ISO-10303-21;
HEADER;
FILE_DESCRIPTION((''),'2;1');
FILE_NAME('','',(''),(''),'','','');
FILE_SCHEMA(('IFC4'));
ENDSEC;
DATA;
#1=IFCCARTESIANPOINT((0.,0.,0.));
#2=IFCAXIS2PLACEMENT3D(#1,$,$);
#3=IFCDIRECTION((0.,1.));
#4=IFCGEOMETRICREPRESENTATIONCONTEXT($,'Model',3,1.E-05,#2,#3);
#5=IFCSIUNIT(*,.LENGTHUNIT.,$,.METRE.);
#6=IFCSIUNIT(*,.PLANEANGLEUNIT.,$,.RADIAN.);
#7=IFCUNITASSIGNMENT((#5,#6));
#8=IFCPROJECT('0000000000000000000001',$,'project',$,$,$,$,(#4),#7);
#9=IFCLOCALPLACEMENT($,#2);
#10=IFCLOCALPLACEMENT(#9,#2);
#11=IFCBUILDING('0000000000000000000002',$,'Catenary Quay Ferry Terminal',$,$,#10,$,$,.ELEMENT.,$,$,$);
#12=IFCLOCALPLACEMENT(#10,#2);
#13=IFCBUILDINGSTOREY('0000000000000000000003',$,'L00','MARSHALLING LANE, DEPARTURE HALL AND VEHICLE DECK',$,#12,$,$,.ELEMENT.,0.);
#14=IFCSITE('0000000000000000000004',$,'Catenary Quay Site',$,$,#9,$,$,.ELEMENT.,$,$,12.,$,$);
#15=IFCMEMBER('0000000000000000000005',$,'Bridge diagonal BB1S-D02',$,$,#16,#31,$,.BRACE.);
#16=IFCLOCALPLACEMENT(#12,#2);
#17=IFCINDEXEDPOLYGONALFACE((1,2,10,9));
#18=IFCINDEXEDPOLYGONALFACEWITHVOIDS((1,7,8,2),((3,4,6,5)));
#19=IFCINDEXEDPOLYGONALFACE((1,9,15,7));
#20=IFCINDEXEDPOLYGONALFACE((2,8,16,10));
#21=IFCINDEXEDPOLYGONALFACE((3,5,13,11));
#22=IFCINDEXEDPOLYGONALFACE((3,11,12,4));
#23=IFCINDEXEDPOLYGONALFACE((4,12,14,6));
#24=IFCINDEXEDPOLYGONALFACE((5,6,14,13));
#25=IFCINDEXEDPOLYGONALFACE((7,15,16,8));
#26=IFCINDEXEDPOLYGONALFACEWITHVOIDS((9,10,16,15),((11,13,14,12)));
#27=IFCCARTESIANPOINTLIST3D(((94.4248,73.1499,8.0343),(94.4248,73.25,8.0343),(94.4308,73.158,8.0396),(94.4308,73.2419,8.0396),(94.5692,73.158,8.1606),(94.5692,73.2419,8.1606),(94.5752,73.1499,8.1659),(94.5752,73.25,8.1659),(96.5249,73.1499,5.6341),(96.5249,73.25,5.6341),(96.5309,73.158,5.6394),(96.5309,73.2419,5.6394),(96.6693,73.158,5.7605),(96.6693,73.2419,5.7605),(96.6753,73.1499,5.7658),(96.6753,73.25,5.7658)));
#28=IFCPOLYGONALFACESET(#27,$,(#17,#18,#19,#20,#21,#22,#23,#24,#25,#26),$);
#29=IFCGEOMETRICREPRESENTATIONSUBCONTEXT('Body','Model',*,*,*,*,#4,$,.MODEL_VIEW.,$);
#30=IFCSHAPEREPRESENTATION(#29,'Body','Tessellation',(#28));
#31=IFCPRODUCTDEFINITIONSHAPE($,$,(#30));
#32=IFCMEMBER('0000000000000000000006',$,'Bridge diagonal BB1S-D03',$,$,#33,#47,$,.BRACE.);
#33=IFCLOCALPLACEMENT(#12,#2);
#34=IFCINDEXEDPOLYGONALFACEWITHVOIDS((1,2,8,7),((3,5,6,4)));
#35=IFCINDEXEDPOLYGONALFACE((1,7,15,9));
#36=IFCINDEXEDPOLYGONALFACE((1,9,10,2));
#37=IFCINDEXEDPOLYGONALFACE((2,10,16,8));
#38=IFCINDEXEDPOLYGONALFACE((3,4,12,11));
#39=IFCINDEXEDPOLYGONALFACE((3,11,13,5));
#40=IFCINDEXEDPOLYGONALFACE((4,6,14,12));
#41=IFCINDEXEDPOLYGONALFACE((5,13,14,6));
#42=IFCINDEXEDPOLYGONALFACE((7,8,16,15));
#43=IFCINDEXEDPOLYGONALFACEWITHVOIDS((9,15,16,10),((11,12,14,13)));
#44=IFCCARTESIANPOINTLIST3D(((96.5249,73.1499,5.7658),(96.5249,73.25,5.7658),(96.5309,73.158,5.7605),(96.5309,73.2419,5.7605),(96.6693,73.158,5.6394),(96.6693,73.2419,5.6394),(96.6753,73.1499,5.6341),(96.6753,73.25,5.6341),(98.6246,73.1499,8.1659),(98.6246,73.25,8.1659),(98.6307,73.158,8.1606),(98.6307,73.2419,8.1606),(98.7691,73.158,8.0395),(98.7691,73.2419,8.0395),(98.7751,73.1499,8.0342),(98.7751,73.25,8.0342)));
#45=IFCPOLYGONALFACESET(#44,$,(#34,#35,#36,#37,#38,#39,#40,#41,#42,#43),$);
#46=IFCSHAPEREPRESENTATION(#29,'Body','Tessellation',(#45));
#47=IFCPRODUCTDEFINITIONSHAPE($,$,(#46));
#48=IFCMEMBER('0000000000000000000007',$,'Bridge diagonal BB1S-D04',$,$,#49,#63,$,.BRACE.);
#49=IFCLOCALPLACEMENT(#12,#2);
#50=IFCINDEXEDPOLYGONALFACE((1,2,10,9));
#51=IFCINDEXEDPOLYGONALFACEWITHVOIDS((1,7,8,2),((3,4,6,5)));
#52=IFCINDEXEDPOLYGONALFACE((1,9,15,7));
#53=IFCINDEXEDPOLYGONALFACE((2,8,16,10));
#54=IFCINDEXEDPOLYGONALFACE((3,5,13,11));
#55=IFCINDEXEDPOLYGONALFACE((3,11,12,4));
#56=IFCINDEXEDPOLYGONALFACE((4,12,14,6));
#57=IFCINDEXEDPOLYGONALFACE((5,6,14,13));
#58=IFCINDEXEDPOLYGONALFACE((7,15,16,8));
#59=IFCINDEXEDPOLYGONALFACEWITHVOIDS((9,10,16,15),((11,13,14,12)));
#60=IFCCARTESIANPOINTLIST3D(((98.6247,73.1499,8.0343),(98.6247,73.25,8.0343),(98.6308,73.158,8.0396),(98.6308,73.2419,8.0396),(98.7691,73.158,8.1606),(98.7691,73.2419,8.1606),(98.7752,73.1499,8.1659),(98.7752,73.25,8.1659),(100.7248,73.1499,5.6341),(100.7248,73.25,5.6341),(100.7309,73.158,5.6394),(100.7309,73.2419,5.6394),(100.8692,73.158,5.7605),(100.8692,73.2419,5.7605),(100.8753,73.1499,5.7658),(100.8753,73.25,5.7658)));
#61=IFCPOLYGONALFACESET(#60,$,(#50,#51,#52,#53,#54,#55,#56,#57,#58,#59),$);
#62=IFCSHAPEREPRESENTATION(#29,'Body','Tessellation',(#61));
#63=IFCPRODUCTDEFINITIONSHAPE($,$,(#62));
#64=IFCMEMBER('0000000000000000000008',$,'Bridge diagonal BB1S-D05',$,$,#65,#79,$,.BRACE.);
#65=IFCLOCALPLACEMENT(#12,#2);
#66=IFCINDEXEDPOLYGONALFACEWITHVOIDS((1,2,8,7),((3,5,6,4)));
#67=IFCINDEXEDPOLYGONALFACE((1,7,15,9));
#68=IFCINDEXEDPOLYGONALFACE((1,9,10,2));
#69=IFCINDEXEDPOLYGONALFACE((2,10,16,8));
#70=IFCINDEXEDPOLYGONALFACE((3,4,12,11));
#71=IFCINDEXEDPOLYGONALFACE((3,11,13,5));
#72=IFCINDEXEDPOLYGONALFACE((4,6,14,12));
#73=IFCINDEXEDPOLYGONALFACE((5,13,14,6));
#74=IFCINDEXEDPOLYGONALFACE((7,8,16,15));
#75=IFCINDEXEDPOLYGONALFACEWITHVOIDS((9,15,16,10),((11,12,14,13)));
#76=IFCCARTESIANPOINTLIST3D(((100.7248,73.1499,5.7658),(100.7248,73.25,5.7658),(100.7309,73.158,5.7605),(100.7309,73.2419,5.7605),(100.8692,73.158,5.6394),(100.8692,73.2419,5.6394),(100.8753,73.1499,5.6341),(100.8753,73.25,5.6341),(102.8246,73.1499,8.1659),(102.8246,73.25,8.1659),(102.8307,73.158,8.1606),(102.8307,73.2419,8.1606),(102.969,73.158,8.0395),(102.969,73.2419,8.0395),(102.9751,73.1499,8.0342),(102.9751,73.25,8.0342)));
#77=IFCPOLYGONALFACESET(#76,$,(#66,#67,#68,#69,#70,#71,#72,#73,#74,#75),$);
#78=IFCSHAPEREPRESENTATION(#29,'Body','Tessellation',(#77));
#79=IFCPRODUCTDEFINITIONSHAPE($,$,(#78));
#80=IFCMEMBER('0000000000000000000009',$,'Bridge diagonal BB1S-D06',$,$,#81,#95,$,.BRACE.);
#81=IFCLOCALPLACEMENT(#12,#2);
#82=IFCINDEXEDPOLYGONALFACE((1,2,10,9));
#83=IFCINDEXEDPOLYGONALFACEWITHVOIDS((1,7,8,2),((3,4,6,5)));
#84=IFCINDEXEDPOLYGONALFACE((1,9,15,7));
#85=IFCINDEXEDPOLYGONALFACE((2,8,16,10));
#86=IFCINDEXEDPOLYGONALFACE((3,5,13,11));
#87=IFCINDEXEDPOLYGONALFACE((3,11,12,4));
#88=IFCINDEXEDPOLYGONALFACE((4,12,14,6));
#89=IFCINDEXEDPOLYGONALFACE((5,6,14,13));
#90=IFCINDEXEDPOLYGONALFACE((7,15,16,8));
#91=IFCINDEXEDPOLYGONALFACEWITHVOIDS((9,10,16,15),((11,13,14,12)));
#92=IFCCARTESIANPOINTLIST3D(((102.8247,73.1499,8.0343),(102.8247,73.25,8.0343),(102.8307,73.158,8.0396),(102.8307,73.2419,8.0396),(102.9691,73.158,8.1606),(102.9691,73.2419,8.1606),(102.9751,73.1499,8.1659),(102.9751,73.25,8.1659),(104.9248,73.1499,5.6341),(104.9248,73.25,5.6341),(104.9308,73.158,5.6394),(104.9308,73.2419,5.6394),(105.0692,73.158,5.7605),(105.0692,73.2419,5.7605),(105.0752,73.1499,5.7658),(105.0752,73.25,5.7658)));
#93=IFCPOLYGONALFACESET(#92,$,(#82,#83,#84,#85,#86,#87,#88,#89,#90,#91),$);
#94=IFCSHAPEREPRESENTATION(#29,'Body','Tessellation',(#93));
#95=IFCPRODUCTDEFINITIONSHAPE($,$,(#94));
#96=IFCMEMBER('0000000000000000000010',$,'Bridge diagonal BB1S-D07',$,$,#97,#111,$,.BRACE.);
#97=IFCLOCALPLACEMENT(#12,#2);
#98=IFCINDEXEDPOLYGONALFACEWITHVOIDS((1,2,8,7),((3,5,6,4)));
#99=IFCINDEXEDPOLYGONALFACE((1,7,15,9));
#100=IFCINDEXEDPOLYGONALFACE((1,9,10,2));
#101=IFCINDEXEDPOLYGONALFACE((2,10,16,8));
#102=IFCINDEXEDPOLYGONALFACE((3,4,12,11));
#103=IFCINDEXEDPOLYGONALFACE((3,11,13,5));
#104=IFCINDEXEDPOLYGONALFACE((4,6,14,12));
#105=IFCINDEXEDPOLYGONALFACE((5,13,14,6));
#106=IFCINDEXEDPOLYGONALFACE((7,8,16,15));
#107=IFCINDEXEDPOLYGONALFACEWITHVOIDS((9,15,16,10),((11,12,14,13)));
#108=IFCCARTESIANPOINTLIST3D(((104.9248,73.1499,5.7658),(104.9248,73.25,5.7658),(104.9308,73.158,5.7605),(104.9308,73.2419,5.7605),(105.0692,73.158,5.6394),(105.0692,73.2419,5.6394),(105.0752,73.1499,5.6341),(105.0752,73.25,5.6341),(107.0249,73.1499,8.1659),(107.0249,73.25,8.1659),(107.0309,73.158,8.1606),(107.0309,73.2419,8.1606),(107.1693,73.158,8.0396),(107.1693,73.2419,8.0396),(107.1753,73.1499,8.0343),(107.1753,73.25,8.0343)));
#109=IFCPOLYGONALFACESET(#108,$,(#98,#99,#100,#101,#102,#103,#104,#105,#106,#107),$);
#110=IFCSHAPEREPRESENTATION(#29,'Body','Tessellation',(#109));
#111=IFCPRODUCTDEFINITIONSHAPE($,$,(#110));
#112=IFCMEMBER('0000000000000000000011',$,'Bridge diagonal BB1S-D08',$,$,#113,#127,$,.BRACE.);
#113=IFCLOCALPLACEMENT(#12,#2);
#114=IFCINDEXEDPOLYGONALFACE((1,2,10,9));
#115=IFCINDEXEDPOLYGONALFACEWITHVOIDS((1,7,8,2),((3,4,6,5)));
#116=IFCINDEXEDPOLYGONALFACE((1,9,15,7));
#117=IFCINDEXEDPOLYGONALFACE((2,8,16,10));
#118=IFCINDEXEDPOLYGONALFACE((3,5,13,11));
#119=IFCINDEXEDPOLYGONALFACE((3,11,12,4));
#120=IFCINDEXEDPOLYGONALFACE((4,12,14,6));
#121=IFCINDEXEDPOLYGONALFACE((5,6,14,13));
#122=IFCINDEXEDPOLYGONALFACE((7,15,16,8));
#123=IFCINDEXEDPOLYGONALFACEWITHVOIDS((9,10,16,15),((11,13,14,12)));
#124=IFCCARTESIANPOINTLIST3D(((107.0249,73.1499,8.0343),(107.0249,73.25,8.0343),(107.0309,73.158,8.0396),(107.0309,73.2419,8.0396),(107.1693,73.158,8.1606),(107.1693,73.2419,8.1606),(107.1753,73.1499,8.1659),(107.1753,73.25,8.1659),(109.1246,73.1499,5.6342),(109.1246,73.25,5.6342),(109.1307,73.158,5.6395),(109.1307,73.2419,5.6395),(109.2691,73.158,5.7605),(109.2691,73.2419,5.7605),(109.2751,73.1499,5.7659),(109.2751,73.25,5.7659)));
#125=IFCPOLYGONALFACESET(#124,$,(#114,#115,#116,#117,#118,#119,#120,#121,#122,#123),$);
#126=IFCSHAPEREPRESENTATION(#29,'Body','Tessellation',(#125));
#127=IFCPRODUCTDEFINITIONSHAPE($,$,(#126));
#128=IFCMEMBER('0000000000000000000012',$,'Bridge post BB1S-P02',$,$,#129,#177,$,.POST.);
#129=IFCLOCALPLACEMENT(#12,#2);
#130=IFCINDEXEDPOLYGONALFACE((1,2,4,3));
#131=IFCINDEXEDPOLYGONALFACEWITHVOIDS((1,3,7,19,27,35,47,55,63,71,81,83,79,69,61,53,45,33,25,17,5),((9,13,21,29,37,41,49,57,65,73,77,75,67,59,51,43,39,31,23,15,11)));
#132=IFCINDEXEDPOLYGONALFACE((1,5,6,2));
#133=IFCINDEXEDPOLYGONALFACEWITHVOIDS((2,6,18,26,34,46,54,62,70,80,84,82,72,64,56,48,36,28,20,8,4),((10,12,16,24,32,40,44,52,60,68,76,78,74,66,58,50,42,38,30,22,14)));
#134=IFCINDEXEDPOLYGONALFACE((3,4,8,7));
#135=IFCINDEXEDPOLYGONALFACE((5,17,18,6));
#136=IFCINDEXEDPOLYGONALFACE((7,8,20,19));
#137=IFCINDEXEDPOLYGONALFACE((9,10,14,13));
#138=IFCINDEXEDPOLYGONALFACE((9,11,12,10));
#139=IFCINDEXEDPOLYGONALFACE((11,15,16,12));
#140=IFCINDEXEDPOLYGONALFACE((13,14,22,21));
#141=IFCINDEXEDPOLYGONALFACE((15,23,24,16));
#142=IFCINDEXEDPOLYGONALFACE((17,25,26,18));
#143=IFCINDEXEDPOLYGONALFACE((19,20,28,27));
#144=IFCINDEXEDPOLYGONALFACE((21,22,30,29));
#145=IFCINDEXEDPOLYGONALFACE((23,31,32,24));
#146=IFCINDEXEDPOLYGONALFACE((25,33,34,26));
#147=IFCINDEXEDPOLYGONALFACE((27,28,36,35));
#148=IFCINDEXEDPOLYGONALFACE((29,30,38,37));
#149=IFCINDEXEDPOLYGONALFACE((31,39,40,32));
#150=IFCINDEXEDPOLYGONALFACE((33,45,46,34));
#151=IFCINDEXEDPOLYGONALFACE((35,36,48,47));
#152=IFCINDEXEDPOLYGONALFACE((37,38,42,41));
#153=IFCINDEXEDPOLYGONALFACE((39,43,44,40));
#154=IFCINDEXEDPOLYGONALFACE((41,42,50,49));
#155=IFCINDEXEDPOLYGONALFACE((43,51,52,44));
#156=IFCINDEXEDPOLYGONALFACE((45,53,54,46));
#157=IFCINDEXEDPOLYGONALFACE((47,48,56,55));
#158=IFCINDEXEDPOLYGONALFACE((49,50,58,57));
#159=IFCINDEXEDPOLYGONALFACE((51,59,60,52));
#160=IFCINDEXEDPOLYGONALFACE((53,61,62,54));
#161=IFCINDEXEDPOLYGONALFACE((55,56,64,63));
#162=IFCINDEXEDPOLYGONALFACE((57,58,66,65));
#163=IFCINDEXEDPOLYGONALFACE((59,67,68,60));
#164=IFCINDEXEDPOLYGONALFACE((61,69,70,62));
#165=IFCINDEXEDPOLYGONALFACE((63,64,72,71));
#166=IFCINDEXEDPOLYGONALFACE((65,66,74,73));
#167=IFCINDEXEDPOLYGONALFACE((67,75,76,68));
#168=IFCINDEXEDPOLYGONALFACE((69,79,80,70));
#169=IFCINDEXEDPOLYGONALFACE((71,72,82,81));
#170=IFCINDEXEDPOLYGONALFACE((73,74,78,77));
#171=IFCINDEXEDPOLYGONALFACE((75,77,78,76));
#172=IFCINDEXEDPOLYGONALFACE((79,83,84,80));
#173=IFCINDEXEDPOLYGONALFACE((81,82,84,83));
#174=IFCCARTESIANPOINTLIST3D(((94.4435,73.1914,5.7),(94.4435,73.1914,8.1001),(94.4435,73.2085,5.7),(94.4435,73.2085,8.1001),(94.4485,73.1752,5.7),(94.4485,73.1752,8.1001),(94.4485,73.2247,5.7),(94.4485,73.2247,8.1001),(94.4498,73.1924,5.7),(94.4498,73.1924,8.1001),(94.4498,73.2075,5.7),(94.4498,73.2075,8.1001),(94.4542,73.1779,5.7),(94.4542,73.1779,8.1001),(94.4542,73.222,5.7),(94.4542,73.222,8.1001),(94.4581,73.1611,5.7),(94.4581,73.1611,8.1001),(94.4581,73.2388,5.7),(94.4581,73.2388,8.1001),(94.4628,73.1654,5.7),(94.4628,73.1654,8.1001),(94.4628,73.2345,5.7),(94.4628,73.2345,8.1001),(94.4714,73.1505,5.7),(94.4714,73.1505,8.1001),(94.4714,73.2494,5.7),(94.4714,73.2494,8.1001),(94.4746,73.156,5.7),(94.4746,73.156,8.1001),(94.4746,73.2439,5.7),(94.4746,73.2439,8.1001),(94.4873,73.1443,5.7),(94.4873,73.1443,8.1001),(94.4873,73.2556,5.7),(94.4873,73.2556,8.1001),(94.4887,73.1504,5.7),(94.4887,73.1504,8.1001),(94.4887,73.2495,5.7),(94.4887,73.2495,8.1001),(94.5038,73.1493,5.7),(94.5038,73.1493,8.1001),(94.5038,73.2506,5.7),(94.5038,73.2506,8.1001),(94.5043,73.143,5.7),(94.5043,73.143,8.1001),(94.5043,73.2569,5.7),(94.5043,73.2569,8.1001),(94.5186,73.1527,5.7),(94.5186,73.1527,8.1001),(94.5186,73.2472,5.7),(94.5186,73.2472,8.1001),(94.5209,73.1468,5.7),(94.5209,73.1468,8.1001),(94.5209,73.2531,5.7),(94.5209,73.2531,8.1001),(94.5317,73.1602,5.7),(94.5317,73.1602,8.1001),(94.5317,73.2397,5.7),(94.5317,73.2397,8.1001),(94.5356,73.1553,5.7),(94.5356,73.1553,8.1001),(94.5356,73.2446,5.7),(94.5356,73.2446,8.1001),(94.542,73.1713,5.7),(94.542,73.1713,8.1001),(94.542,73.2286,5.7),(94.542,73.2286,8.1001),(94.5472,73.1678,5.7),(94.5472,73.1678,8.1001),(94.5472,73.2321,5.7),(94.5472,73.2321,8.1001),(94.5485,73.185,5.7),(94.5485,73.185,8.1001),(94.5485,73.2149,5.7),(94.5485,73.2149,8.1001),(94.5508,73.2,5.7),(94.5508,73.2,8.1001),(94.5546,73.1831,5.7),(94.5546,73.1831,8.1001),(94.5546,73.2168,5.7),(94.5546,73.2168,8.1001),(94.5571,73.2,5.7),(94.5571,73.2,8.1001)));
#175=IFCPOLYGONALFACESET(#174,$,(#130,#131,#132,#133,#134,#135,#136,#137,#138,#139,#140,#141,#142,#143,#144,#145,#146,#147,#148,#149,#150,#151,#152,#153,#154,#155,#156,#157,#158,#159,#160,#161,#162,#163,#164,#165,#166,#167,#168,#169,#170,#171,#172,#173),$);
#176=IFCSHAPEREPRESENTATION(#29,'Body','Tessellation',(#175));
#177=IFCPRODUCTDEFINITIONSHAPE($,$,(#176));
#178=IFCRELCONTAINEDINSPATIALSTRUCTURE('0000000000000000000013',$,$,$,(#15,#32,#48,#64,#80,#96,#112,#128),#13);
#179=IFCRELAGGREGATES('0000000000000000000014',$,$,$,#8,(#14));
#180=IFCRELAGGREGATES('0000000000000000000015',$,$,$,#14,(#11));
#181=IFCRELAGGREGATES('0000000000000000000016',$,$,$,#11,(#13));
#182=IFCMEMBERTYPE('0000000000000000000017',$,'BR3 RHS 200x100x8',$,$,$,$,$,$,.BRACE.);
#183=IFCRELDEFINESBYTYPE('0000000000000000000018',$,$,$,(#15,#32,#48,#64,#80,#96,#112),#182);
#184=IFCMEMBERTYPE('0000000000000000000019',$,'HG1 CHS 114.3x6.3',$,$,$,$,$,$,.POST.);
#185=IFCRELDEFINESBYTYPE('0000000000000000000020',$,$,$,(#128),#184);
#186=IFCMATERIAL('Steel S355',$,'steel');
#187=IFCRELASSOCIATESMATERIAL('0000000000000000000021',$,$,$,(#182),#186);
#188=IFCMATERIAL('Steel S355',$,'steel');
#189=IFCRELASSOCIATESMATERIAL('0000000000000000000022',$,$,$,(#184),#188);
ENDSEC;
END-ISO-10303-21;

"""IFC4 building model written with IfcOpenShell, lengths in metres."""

from ifc_helpers import new_model, si_unit, direction, frame, origin, origin_2d, place, context, subcontext, project, spatial, hollow_rectangle, hollow_circle, extrude, material, material_profile, profile_set, type_object, element, save


model = new_model("IFC4")

# Units and contexts
model_context = context("Model", 3, precision=1e-05, world=origin(), true_north=direction((0.0, 1.0)))
body_context = subcontext(model_context, "Body", "Model", "MODEL_VIEW")
ifc_project = project(units=[si_unit("LENGTHUNIT", "METRE"), si_unit("PLANEANGLEUNIT", "RADIAN")], contexts=[model_context])

# Site, building, storey
site_placement = place(None, origin())
site = spatial("IfcSite", under=ifc_project, at=site_placement, Name="Catenary Quay Site", CompositionType="ELEMENT", RefElevation=12.0)
building_placement = place(site_placement, origin())
building = spatial("IfcBuilding", under=site, at=building_placement, Name="Catenary Quay Ferry Terminal", CompositionType="ELEMENT")
storey_placement = place(building_placement, origin())
storey = spatial("IfcBuildingStorey", under=building, at=storey_placement, Name="L00", Description="MARSHALLING LANE, DEPARTURE HALL AND VEHICLE DECK", CompositionType="ELEMENT", Elevation=0.0)

# Members
ifc_material_1 = material(Name="Steel S355", Category="steel")
ifc_material_profile_1 = material_profile(ifc_material_1, hollow_rectangle(XDim=0.1001, YDim=0.2, WallThickness=0.0081, at=origin_2d()), Name="RHS 200x100x8")
ifc_profile_set_1 = profile_set([ifc_material_profile_1], Name="Steel S355")
member_type_1 = type_object("IfcMemberType", Name="BR3 RHS 200x100x8", PredefinedType="BRACE", material=ifc_profile_set_1)
member_1_placement = place(storey_placement, frame((94.5, 73.2, 8.1001), z_axis=(0.658499, 0.0, -0.752581), x_axis=(0.0, 1.0, 0.0)))
element("IfcMember", 1, at=member_1_placement, inside=storey, type_object=member_type_1, Name="Bridge diagonal BB1S-D02", PredefinedType="BRACE", context=body_context, shape_type="SweptSolid", body=[
    extrude(hollow_rectangle(XDim=0.1001, YDim=0.2, WallThickness=0.0081, at=origin_2d()), origin(), (0.0, 0.0, 1.0), 3.1892),
])
member_2_placement = place(storey_placement, frame((96.6001, 73.2, 5.7), z_axis=(0.658456, 0.0, 0.752619), x_axis=(0.0, 1.0, 0.0)))
element("IfcMember", 2, at=member_2_placement, inside=storey, type_object=member_type_1, Name="Bridge diagonal BB1S-D03", PredefinedType="BRACE", context=body_context, shape_type="SweptSolid", body=[
    extrude(hollow_rectangle(XDim=0.1001, YDim=0.2, WallThickness=0.0081, at=origin_2d()), origin(), (0.0, 0.0, 1.0), 3.189),
])
member_3_placement = place(storey_placement, frame((98.7, 73.2, 8.1001), z_axis=(0.658499, 0.0, -0.752581), x_axis=(0.0, 1.0, 0.0)))
element("IfcMember", 3, at=member_3_placement, inside=storey, type_object=member_type_1, Name="Bridge diagonal BB1S-D04", PredefinedType="BRACE", context=body_context, shape_type="SweptSolid", body=[
    extrude(hollow_rectangle(XDim=0.1001, YDim=0.2, WallThickness=0.0081, at=origin_2d()), origin(), (0.0, 0.0, 1.0), 3.1892),
])
member_4_placement = place(storey_placement, frame((100.8, 73.2, 5.7), z_axis=(0.658456, 0.0, 0.752619), x_axis=(0.0, 1.0, 0.0)))
element("IfcMember", 4, at=member_4_placement, inside=storey, type_object=member_type_1, Name="Bridge diagonal BB1S-D05", PredefinedType="BRACE", context=body_context, shape_type="SweptSolid", body=[
    extrude(hollow_rectangle(XDim=0.1001, YDim=0.2, WallThickness=0.0081, at=origin_2d()), origin(), (0.0, 0.0, 1.0), 3.189),
])
for number, where, z_axis, x_axis, name in (
    (5, (102.8999, 73.2, 8.1001), (0.658499, 0.0, -0.752581), (0.0, 1.0, 0.0), "Bridge diagonal BB1S-D06"),
    (6, (105.0, 73.2, 5.7), (0.658499, 0.0, 0.752581), (0.0, 1.0, 0.0), "Bridge diagonal BB1S-D07"),
):
    element("IfcMember", number, at=place(storey_placement, frame(where, z_axis=z_axis, x_axis=x_axis)), inside=storey, type_object=member_type_1, Name=name, PredefinedType="BRACE", context=body_context, shape_type="SweptSolid", body=[
        extrude(hollow_rectangle(XDim=0.1001, YDim=0.2, WallThickness=0.0081, at=origin_2d()), origin(), (0.0, 0.0, 1.0), 3.1892),
    ])
member_5_placement = place(storey_placement, frame((107.1001, 73.2, 8.1001), z_axis=(0.658456, 0.0, -0.752619), x_axis=(0.0, 1.0, 0.0)))
element("IfcMember", 7, at=member_5_placement, inside=storey, type_object=member_type_1, Name="Bridge diagonal BB1S-D08", PredefinedType="BRACE", context=body_context, shape_type="SweptSolid", body=[
    extrude(hollow_rectangle(XDim=0.1001, YDim=0.2, WallThickness=0.0081, at=origin_2d()), origin(), (0.0, 0.0, 1.0), 3.189),
])
ifc_material_2 = material(Name="Steel S355", Category="steel")
ifc_material_profile_2 = material_profile(ifc_material_2, hollow_circle(Radius=0.0571, WallThickness=0.0063, at=origin_2d()), Name="CHS 114.3x6.3")
ifc_profile_set_2 = profile_set([ifc_material_profile_2], Name="Steel S355")
member_type_2 = type_object("IfcMemberType", Name="HG1 CHS 114.3x6.3", PredefinedType="POST", material=ifc_profile_set_2)
for number, where, z_axis, x_axis, name in (
    (8, (94.5, 73.2, 5.7), (0.0, 0.0, 1.0), (1.0, 0.0, 0.0), "Bridge post BB1S-P02"),
):
    element("IfcMember", number, at=place(storey_placement, frame(where, z_axis=z_axis, x_axis=x_axis)), inside=storey, type_object=member_type_2, Name=name, PredefinedType="POST", context=body_context, shape_type="SweptSolid", body=[
        extrude(hollow_circle(Radius=0.0571, WallThickness=0.0063, at=origin_2d()), origin(), (0.0, 0.0, 1.0), 2.4001),
    ])

save(model, "model.ifc")
